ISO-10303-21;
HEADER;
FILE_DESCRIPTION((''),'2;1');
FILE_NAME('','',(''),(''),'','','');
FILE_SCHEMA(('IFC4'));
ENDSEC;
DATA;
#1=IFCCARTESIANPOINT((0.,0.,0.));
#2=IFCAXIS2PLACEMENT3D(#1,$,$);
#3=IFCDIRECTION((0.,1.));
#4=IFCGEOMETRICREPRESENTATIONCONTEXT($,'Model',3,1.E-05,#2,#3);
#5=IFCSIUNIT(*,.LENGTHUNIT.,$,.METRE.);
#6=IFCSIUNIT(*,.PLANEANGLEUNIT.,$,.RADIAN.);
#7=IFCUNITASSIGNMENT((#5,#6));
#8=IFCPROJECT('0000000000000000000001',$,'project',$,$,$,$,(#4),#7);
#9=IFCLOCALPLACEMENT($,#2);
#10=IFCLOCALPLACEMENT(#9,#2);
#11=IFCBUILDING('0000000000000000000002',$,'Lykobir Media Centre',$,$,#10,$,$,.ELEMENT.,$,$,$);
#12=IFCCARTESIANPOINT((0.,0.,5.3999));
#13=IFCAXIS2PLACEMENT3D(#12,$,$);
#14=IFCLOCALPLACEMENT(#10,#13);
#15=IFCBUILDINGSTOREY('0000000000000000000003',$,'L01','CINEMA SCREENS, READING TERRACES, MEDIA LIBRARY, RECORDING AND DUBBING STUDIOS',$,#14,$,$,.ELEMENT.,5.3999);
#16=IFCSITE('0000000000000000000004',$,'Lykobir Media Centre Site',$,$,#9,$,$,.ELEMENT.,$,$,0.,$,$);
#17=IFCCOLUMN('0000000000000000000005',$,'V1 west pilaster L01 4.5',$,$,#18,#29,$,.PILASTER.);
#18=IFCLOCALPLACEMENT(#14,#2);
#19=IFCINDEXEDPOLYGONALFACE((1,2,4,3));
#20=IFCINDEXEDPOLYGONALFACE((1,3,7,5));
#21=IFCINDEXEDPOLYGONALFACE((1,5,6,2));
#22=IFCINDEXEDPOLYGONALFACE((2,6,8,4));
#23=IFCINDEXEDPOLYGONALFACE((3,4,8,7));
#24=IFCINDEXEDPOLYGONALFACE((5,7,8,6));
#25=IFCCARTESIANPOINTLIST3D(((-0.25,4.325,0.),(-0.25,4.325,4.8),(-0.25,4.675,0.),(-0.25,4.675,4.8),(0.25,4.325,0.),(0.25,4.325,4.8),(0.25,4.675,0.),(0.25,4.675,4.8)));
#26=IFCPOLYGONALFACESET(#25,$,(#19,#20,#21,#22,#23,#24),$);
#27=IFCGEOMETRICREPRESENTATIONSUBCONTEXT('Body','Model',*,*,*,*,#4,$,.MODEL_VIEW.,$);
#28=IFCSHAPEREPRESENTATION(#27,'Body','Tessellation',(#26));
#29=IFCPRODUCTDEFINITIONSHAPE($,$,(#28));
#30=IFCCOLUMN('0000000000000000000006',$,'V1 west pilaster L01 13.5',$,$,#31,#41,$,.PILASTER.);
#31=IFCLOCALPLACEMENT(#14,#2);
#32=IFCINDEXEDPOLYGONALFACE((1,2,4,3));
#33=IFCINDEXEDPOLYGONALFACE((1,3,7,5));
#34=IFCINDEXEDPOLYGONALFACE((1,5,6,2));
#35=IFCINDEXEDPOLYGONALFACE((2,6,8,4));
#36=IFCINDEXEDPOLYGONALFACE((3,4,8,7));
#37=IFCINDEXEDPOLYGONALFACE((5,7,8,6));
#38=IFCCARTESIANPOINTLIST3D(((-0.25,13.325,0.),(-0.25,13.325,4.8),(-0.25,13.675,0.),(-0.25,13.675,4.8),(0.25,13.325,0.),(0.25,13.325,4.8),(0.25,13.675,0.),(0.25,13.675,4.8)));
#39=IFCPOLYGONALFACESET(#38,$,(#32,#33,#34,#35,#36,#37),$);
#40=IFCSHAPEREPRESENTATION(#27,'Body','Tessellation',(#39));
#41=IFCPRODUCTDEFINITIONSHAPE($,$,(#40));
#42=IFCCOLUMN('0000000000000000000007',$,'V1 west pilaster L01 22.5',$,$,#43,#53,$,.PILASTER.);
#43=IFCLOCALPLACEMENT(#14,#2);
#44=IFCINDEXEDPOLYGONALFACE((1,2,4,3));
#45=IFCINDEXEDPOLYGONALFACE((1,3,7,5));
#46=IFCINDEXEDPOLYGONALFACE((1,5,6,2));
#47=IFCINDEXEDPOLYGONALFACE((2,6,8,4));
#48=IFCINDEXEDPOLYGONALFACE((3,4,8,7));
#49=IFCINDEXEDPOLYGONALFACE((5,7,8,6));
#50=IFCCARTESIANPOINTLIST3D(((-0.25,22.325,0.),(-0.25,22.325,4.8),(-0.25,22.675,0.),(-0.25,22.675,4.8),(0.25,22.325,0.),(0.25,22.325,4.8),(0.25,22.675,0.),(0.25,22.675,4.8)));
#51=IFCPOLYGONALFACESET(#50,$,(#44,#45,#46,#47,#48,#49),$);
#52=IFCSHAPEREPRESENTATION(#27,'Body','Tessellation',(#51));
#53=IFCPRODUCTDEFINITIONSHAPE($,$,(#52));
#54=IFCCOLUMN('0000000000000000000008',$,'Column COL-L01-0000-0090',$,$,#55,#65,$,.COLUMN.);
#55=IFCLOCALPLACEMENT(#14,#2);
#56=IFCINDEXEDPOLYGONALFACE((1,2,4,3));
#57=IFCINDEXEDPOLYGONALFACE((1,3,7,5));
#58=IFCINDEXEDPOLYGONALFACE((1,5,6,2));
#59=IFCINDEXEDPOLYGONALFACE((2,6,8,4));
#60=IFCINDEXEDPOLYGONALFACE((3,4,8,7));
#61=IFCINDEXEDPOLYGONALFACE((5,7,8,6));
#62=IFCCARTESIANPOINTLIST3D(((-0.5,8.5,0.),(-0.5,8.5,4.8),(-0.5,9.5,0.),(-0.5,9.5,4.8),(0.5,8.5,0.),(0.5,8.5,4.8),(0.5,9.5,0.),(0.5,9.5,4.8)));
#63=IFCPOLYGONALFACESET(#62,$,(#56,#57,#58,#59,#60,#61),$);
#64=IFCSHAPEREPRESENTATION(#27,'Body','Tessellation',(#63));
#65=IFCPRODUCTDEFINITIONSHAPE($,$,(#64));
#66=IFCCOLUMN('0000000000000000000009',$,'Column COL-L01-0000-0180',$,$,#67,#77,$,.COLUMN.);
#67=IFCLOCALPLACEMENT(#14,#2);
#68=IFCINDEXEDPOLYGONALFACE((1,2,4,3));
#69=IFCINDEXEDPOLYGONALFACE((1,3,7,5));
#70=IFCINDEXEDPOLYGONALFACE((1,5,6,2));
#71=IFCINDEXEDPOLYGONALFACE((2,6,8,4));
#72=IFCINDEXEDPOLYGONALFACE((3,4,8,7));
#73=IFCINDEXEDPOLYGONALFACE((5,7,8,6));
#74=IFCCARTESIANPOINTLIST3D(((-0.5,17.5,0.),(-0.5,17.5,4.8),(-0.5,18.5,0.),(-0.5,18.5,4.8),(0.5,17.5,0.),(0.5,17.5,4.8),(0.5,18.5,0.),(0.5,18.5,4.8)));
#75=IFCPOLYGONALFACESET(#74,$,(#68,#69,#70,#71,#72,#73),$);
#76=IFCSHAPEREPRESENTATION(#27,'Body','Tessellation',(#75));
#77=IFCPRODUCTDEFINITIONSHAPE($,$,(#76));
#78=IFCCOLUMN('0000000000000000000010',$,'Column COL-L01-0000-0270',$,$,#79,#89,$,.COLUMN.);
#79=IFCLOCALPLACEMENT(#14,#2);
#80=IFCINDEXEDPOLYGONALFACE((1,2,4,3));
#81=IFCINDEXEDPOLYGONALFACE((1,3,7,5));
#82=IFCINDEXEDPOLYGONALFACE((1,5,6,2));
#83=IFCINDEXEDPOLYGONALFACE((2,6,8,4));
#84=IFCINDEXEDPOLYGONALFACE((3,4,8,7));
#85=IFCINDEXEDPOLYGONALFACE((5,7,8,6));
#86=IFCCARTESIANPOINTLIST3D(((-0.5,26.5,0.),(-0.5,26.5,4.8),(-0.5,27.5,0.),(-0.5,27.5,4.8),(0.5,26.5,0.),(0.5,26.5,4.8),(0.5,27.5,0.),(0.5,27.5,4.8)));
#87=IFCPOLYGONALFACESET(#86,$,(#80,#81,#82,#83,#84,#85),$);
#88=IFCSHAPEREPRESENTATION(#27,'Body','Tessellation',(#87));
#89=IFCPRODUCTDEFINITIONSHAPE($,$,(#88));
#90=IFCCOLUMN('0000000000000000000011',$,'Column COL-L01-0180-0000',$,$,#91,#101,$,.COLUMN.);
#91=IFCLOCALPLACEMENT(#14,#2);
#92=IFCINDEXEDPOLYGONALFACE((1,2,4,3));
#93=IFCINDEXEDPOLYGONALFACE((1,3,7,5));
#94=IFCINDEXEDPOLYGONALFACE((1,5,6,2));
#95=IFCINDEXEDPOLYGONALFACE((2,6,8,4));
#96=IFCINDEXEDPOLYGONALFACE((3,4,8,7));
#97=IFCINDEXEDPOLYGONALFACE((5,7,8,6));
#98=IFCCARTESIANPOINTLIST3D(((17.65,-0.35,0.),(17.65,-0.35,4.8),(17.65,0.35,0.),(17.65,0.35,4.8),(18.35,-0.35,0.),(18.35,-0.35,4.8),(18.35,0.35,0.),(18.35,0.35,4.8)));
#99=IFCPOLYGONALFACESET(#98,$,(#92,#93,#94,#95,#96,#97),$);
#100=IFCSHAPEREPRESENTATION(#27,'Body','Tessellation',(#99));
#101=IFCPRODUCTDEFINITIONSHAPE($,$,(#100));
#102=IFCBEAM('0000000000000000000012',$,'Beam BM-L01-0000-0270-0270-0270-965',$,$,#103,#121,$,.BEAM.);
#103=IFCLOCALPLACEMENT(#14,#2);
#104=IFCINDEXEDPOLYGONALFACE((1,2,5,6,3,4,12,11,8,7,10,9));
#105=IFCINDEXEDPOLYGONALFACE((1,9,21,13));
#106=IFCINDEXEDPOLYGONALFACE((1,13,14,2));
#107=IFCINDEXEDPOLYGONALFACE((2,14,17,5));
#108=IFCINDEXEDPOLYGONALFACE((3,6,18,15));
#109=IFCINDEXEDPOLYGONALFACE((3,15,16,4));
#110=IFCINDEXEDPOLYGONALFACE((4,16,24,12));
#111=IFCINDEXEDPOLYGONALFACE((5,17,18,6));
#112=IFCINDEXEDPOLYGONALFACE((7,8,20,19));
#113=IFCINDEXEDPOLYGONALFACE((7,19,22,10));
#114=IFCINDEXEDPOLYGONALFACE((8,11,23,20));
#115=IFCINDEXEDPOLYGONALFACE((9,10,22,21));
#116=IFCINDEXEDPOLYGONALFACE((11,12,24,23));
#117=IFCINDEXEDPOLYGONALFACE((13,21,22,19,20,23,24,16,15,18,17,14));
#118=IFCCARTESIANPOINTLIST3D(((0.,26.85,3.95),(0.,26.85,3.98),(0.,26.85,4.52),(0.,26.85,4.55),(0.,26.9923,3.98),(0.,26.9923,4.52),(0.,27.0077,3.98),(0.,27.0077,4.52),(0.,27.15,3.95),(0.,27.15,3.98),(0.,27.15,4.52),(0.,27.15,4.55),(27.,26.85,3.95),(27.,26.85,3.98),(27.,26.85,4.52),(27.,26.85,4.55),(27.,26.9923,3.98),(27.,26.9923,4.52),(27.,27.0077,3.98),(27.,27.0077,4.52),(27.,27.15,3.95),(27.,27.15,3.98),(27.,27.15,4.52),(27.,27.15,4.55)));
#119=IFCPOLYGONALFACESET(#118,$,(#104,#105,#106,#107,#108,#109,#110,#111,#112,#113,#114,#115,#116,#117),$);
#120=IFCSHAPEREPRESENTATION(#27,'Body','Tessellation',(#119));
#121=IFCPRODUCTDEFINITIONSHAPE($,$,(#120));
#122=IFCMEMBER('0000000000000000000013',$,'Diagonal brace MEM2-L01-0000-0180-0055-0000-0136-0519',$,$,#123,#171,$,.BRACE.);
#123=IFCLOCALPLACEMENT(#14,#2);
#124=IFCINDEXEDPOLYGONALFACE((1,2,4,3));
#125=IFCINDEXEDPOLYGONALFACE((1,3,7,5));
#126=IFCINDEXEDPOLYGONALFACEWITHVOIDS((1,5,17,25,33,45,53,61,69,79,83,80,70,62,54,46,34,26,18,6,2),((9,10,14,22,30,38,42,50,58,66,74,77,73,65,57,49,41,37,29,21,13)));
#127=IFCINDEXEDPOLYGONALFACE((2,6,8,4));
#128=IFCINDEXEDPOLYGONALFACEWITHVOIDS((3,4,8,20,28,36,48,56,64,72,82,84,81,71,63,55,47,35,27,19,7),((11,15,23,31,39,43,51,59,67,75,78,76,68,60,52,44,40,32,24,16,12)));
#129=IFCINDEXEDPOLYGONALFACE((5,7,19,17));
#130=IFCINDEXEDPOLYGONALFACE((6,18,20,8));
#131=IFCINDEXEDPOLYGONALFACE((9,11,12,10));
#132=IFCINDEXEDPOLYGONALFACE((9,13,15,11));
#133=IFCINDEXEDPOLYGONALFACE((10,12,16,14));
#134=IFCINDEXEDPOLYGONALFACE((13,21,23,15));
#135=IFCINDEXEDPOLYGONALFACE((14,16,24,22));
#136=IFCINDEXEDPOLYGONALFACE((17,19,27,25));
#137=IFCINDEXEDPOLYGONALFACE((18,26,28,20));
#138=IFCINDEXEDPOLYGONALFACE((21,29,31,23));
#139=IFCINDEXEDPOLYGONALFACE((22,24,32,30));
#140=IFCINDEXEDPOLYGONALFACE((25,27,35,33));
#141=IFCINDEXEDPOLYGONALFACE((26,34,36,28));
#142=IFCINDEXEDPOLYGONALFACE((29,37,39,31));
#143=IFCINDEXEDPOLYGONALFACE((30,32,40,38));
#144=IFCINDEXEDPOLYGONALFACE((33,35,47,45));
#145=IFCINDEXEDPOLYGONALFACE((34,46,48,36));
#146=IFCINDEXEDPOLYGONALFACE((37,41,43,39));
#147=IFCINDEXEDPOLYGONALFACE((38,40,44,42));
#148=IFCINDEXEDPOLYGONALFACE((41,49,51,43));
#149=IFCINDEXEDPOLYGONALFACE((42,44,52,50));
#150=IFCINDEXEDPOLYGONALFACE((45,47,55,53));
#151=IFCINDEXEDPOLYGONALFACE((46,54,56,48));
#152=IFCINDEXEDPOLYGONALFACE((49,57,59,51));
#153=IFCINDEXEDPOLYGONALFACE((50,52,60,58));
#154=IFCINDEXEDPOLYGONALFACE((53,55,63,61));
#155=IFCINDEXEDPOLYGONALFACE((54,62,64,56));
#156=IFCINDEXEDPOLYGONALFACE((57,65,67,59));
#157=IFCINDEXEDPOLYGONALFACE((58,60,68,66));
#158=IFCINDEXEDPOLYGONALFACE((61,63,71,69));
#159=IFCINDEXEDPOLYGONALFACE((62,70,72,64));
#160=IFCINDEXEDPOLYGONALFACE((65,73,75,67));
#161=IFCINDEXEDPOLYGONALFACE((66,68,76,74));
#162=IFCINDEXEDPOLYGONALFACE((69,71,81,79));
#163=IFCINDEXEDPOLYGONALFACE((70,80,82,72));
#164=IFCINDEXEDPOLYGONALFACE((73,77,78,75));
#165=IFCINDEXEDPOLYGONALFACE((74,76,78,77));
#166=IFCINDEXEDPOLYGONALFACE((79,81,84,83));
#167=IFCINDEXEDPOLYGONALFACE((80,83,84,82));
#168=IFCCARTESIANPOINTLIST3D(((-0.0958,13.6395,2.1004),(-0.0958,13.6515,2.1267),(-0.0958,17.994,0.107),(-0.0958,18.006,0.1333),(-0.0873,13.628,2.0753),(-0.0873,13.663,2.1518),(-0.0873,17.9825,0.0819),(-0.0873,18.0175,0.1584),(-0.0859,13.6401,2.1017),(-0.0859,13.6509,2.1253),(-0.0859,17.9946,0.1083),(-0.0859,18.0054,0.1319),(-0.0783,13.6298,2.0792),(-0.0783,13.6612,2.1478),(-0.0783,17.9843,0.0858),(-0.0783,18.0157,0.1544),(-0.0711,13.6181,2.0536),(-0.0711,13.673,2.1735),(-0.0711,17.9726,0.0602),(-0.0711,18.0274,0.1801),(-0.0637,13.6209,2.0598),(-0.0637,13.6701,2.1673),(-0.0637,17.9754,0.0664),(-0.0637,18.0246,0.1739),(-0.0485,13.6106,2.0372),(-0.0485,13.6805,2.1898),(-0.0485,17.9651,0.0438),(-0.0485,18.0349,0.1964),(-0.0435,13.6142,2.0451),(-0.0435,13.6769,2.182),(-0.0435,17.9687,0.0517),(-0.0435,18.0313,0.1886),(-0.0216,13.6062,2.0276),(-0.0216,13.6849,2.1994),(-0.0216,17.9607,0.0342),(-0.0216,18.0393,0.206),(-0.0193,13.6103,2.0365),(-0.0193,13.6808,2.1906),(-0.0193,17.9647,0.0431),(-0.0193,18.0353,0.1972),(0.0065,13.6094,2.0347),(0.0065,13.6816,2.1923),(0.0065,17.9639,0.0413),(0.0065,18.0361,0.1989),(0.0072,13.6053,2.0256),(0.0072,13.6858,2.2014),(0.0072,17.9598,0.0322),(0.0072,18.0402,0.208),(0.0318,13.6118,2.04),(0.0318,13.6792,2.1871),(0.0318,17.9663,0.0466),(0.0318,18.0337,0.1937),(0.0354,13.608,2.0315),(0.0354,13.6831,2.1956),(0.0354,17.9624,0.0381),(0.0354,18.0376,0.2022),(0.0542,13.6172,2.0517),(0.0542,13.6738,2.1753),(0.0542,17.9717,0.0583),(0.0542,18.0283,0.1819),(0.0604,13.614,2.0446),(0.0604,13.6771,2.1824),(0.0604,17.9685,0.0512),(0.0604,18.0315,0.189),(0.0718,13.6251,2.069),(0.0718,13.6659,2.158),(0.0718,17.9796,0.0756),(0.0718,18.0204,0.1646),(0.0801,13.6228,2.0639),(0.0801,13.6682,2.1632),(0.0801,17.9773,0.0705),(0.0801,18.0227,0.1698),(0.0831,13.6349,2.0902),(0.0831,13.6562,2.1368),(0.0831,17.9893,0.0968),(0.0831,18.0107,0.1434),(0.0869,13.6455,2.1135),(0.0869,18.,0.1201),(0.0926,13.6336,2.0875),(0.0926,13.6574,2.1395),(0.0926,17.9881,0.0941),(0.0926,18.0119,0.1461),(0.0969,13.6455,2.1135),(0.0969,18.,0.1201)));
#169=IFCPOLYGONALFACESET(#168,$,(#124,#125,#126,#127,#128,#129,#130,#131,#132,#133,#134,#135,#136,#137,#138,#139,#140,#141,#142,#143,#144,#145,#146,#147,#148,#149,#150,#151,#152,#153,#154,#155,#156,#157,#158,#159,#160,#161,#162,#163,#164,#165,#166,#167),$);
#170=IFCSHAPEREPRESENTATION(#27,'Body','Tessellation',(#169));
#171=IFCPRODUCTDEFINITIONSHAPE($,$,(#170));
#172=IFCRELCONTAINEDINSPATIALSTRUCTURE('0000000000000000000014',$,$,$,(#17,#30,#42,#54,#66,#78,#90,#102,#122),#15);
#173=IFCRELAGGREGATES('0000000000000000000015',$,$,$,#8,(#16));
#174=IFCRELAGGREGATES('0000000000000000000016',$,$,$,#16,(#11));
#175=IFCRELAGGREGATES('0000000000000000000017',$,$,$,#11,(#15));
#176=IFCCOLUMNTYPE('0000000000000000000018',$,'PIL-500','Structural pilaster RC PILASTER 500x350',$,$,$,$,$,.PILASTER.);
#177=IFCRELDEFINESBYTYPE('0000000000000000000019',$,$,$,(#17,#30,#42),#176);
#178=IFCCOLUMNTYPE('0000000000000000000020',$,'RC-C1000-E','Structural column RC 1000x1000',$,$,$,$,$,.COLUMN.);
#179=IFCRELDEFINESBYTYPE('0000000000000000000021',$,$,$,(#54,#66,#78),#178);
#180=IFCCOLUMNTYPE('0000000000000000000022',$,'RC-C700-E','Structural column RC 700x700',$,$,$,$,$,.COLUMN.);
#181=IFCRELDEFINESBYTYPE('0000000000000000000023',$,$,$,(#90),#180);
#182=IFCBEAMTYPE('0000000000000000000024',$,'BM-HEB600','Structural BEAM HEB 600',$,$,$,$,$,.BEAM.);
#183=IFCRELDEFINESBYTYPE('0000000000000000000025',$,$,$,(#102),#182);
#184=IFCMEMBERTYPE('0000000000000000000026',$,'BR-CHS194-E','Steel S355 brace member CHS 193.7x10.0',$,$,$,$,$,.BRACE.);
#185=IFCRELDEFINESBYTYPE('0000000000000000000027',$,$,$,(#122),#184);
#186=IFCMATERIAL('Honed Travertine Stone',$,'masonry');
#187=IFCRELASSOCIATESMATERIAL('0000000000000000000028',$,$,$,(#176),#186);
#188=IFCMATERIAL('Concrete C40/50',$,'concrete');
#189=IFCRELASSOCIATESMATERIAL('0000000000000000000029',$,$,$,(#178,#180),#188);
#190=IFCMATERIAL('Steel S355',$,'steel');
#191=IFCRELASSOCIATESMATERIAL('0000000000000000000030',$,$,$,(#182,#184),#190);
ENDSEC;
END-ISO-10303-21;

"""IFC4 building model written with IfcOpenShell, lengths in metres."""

from ifc_helpers import new_model, si_unit, direction, frame, origin, origin_2d, place, context, subcontext, project, spatial, rectangle, hollow_circle, i_section, extrude, material, material_profile, profile_set, type_object, element, save


model = new_model("IFC4")

# Units and contexts
model_context = context("Model", 3, precision=1e-05, world=origin(), true_north=direction((0.0, 1.0)))
body_context = subcontext(model_context, "Body", "Model", "MODEL_VIEW")
ifc_project = project(units=[si_unit("LENGTHUNIT", "METRE"), si_unit("PLANEANGLEUNIT", "RADIAN")], contexts=[model_context])

# Site, building, storey
site_placement = place(None, origin())
site = spatial("IfcSite", under=ifc_project, at=site_placement, Name="Lykobir Media Centre Site", CompositionType="ELEMENT", RefElevation=0.0)
building_placement = place(site_placement, origin())
building = spatial("IfcBuilding", under=site, at=building_placement, Name="Lykobir Media Centre", CompositionType="ELEMENT")
storey_placement = place(building_placement, frame((0.0, 0.0, 5.3999)))
storey = spatial("IfcBuildingStorey", under=building, at=storey_placement, Name="L01", Description="CINEMA SCREENS, READING TERRACES, MEDIA LIBRARY, RECORDING AND DUBBING STUDIOS", CompositionType="ELEMENT", Elevation=5.3999)

# Columns
ifc_material_1 = material(Name="Honed Travertine Stone", Category="masonry")
ifc_material_profile_1 = material_profile(ifc_material_1, rectangle(XDim=0.3501, YDim=0.5, at=origin_2d()), Name="RC PILASTER 500x350")
ifc_profile_set_1 = profile_set([ifc_material_profile_1], Name="Honed Travertine Stone")
column_type_1 = type_object("IfcColumnType", Name="PIL-500", Description="Structural pilaster RC PILASTER 500x350", PredefinedType="PILASTER", material=ifc_profile_set_1)
for number, where, z_axis, x_axis, name in (
    (1, (0.0, 4.5, 0.0), (0.0, 0.0, 1.0), (0.0, 1.0, 0.0), "V1 west pilaster L01 4.5"),
    (2, (0.0, 13.5, 0.0), (0.0, 0.0, 1.0), (0.0, 1.0, 0.0), "V1 west pilaster L01 13.5"),
    (3, (0.0, 22.5, 0.0), (0.0, 0.0, 1.0), (0.0, 1.0, 0.0), "V1 west pilaster L01 22.5"),
):
    element("IfcColumn", number, at=place(storey_placement, frame(where, z_axis=z_axis, x_axis=x_axis)), inside=storey, type_object=column_type_1, Name=name, PredefinedType="PILASTER", context=body_context, shape_type="SweptSolid", body=[
        extrude(rectangle(XDim=0.3501, YDim=0.5, at=origin_2d()), origin(), (0.0, 0.0, 1.0), 4.8),
    ])
ifc_material_2 = material(Name="Concrete C40/50", Category="concrete")
ifc_material_profile_2 = material_profile(ifc_material_2, rectangle(XDim=1.0, YDim=1.0, at=origin_2d()), Name="RC 1000x1000")
ifc_profile_set_2 = profile_set([ifc_material_profile_2], Name="Concrete C40/50")
column_type_2 = type_object("IfcColumnType", Name="RC-C1000-E", Description="Structural column RC 1000x1000", PredefinedType="COLUMN", material=ifc_profile_set_2)
for number, where, z_axis, x_axis, name in (
    (4, (0.0, 9.0, 0.0), (0.0, 0.0, 1.0), (1.0, 0.0, 0.0), "Column COL-L01-0000-0090"),
    (5, (0.0, 18.0, 0.0), (0.0, 0.0, 1.0), (1.0, 0.0, 0.0), "Column COL-L01-0000-0180"),
    (6, (0.0, 27.0, 0.0), (0.0, 0.0, 1.0), (1.0, 0.0, 0.0), "Column COL-L01-0000-0270"),
):
    element("IfcColumn", number, at=place(storey_placement, frame(where, z_axis=z_axis, x_axis=x_axis)), inside=storey, type_object=column_type_2, Name=name, PredefinedType="COLUMN", context=body_context, shape_type="SweptSolid", body=[
        extrude(rectangle(XDim=1.0, YDim=1.0, at=origin_2d()), origin(), (0.0, 0.0, 1.0), 4.8),
    ])
ifc_material_profile_3 = material_profile(ifc_material_2, rectangle(XDim=0.7, YDim=0.7, at=origin_2d()), Name="RC 700x700")
ifc_profile_set_3 = profile_set([ifc_material_profile_3], Name="Concrete C40/50")
column_type_3 = type_object("IfcColumnType", Name="RC-C700-E", Description="Structural column RC 700x700", PredefinedType="COLUMN", material=ifc_profile_set_3)
column_placement = place(storey_placement, frame((18.0, 0.0, 0.0), z_axis=(0.0, 0.0, 1.0), x_axis=(1.0, 0.0, 0.0)))
element("IfcColumn", 7, at=column_placement, inside=storey, type_object=column_type_3, Name="Column COL-L01-0180-0000", PredefinedType="COLUMN", context=body_context, shape_type="SweptSolid", body=[
    extrude(rectangle(XDim=0.7, YDim=0.7, at=origin_2d()), origin(), (0.0, 0.0, 1.0), 4.8),
])

# Beam
ifc_material_3 = material(Name="Steel S355", Category="steel")
ifc_material_profile_4 = material_profile(ifc_material_3, i_section(OverallWidth=0.3, OverallDepth=0.6001, WebThickness=0.0154, FlangeThickness=0.03, at=origin_2d()), Name="HEB 600")
ifc_profile_set_4 = profile_set([ifc_material_profile_4], Name="Steel S355")
beam_type_1 = type_object("IfcBeamType", Name="BM-HEB600", Description="Structural BEAM HEB 600", PredefinedType="BEAM", material=ifc_profile_set_4)
beam_placement = place(storey_placement, frame((0.0, 27.0, 4.25), z_axis=(1.0, 0.0, 0.0), x_axis=(0.0, 1.0, 0.0)))
element("IfcBeam", 8, at=beam_placement, inside=storey, type_object=beam_type_1, Name="Beam BM-L01-0000-0270-0270-0270-965", PredefinedType="BEAM", context=body_context, shape_type="SweptSolid", body=[
    extrude(i_section(OverallWidth=0.3, OverallDepth=0.6001, WebThickness=0.0154, FlangeThickness=0.03, at=origin_2d()), origin(), (0.0, 0.0, 1.0), 27.0),
])

# Member
ifc_material_profile_5 = material_profile(ifc_material_3, hollow_circle(Radius=0.0969, WallThickness=0.01, at=origin_2d()), Name="CHS 193.7x10.0")
ifc_profile_set_5 = profile_set([ifc_material_profile_5], Name="Steel S355")
member_type_1 = type_object("IfcMemberType", Name="BR-CHS194-E", Description="Steel S355 brace member CHS 193.7x10.0", PredefinedType="BRACE", material=ifc_profile_set_5)
for number, where, z_axis, x_axis, name in (
    (9, (0.0, 18.0, 0.1201), (0.0, -0.909255, 0.41624), (1.0, 0.0, 0.0), "Diagonal brace MEM2-L01-0000-0180-0055-0000-0136-0519"),
):
    element("IfcMember", number, at=place(storey_placement, frame(where, z_axis=z_axis, x_axis=x_axis)), inside=storey, type_object=member_type_1, Name=name, PredefinedType="BRACE", context=body_context, shape_type="SweptSolid", body=[
        extrude(hollow_circle(Radius=0.0969, WallThickness=0.01, at=origin_2d()), origin(), (0.0, 0.0, 1.0), 4.7891),
    ])

save(model, "model.ifc")
